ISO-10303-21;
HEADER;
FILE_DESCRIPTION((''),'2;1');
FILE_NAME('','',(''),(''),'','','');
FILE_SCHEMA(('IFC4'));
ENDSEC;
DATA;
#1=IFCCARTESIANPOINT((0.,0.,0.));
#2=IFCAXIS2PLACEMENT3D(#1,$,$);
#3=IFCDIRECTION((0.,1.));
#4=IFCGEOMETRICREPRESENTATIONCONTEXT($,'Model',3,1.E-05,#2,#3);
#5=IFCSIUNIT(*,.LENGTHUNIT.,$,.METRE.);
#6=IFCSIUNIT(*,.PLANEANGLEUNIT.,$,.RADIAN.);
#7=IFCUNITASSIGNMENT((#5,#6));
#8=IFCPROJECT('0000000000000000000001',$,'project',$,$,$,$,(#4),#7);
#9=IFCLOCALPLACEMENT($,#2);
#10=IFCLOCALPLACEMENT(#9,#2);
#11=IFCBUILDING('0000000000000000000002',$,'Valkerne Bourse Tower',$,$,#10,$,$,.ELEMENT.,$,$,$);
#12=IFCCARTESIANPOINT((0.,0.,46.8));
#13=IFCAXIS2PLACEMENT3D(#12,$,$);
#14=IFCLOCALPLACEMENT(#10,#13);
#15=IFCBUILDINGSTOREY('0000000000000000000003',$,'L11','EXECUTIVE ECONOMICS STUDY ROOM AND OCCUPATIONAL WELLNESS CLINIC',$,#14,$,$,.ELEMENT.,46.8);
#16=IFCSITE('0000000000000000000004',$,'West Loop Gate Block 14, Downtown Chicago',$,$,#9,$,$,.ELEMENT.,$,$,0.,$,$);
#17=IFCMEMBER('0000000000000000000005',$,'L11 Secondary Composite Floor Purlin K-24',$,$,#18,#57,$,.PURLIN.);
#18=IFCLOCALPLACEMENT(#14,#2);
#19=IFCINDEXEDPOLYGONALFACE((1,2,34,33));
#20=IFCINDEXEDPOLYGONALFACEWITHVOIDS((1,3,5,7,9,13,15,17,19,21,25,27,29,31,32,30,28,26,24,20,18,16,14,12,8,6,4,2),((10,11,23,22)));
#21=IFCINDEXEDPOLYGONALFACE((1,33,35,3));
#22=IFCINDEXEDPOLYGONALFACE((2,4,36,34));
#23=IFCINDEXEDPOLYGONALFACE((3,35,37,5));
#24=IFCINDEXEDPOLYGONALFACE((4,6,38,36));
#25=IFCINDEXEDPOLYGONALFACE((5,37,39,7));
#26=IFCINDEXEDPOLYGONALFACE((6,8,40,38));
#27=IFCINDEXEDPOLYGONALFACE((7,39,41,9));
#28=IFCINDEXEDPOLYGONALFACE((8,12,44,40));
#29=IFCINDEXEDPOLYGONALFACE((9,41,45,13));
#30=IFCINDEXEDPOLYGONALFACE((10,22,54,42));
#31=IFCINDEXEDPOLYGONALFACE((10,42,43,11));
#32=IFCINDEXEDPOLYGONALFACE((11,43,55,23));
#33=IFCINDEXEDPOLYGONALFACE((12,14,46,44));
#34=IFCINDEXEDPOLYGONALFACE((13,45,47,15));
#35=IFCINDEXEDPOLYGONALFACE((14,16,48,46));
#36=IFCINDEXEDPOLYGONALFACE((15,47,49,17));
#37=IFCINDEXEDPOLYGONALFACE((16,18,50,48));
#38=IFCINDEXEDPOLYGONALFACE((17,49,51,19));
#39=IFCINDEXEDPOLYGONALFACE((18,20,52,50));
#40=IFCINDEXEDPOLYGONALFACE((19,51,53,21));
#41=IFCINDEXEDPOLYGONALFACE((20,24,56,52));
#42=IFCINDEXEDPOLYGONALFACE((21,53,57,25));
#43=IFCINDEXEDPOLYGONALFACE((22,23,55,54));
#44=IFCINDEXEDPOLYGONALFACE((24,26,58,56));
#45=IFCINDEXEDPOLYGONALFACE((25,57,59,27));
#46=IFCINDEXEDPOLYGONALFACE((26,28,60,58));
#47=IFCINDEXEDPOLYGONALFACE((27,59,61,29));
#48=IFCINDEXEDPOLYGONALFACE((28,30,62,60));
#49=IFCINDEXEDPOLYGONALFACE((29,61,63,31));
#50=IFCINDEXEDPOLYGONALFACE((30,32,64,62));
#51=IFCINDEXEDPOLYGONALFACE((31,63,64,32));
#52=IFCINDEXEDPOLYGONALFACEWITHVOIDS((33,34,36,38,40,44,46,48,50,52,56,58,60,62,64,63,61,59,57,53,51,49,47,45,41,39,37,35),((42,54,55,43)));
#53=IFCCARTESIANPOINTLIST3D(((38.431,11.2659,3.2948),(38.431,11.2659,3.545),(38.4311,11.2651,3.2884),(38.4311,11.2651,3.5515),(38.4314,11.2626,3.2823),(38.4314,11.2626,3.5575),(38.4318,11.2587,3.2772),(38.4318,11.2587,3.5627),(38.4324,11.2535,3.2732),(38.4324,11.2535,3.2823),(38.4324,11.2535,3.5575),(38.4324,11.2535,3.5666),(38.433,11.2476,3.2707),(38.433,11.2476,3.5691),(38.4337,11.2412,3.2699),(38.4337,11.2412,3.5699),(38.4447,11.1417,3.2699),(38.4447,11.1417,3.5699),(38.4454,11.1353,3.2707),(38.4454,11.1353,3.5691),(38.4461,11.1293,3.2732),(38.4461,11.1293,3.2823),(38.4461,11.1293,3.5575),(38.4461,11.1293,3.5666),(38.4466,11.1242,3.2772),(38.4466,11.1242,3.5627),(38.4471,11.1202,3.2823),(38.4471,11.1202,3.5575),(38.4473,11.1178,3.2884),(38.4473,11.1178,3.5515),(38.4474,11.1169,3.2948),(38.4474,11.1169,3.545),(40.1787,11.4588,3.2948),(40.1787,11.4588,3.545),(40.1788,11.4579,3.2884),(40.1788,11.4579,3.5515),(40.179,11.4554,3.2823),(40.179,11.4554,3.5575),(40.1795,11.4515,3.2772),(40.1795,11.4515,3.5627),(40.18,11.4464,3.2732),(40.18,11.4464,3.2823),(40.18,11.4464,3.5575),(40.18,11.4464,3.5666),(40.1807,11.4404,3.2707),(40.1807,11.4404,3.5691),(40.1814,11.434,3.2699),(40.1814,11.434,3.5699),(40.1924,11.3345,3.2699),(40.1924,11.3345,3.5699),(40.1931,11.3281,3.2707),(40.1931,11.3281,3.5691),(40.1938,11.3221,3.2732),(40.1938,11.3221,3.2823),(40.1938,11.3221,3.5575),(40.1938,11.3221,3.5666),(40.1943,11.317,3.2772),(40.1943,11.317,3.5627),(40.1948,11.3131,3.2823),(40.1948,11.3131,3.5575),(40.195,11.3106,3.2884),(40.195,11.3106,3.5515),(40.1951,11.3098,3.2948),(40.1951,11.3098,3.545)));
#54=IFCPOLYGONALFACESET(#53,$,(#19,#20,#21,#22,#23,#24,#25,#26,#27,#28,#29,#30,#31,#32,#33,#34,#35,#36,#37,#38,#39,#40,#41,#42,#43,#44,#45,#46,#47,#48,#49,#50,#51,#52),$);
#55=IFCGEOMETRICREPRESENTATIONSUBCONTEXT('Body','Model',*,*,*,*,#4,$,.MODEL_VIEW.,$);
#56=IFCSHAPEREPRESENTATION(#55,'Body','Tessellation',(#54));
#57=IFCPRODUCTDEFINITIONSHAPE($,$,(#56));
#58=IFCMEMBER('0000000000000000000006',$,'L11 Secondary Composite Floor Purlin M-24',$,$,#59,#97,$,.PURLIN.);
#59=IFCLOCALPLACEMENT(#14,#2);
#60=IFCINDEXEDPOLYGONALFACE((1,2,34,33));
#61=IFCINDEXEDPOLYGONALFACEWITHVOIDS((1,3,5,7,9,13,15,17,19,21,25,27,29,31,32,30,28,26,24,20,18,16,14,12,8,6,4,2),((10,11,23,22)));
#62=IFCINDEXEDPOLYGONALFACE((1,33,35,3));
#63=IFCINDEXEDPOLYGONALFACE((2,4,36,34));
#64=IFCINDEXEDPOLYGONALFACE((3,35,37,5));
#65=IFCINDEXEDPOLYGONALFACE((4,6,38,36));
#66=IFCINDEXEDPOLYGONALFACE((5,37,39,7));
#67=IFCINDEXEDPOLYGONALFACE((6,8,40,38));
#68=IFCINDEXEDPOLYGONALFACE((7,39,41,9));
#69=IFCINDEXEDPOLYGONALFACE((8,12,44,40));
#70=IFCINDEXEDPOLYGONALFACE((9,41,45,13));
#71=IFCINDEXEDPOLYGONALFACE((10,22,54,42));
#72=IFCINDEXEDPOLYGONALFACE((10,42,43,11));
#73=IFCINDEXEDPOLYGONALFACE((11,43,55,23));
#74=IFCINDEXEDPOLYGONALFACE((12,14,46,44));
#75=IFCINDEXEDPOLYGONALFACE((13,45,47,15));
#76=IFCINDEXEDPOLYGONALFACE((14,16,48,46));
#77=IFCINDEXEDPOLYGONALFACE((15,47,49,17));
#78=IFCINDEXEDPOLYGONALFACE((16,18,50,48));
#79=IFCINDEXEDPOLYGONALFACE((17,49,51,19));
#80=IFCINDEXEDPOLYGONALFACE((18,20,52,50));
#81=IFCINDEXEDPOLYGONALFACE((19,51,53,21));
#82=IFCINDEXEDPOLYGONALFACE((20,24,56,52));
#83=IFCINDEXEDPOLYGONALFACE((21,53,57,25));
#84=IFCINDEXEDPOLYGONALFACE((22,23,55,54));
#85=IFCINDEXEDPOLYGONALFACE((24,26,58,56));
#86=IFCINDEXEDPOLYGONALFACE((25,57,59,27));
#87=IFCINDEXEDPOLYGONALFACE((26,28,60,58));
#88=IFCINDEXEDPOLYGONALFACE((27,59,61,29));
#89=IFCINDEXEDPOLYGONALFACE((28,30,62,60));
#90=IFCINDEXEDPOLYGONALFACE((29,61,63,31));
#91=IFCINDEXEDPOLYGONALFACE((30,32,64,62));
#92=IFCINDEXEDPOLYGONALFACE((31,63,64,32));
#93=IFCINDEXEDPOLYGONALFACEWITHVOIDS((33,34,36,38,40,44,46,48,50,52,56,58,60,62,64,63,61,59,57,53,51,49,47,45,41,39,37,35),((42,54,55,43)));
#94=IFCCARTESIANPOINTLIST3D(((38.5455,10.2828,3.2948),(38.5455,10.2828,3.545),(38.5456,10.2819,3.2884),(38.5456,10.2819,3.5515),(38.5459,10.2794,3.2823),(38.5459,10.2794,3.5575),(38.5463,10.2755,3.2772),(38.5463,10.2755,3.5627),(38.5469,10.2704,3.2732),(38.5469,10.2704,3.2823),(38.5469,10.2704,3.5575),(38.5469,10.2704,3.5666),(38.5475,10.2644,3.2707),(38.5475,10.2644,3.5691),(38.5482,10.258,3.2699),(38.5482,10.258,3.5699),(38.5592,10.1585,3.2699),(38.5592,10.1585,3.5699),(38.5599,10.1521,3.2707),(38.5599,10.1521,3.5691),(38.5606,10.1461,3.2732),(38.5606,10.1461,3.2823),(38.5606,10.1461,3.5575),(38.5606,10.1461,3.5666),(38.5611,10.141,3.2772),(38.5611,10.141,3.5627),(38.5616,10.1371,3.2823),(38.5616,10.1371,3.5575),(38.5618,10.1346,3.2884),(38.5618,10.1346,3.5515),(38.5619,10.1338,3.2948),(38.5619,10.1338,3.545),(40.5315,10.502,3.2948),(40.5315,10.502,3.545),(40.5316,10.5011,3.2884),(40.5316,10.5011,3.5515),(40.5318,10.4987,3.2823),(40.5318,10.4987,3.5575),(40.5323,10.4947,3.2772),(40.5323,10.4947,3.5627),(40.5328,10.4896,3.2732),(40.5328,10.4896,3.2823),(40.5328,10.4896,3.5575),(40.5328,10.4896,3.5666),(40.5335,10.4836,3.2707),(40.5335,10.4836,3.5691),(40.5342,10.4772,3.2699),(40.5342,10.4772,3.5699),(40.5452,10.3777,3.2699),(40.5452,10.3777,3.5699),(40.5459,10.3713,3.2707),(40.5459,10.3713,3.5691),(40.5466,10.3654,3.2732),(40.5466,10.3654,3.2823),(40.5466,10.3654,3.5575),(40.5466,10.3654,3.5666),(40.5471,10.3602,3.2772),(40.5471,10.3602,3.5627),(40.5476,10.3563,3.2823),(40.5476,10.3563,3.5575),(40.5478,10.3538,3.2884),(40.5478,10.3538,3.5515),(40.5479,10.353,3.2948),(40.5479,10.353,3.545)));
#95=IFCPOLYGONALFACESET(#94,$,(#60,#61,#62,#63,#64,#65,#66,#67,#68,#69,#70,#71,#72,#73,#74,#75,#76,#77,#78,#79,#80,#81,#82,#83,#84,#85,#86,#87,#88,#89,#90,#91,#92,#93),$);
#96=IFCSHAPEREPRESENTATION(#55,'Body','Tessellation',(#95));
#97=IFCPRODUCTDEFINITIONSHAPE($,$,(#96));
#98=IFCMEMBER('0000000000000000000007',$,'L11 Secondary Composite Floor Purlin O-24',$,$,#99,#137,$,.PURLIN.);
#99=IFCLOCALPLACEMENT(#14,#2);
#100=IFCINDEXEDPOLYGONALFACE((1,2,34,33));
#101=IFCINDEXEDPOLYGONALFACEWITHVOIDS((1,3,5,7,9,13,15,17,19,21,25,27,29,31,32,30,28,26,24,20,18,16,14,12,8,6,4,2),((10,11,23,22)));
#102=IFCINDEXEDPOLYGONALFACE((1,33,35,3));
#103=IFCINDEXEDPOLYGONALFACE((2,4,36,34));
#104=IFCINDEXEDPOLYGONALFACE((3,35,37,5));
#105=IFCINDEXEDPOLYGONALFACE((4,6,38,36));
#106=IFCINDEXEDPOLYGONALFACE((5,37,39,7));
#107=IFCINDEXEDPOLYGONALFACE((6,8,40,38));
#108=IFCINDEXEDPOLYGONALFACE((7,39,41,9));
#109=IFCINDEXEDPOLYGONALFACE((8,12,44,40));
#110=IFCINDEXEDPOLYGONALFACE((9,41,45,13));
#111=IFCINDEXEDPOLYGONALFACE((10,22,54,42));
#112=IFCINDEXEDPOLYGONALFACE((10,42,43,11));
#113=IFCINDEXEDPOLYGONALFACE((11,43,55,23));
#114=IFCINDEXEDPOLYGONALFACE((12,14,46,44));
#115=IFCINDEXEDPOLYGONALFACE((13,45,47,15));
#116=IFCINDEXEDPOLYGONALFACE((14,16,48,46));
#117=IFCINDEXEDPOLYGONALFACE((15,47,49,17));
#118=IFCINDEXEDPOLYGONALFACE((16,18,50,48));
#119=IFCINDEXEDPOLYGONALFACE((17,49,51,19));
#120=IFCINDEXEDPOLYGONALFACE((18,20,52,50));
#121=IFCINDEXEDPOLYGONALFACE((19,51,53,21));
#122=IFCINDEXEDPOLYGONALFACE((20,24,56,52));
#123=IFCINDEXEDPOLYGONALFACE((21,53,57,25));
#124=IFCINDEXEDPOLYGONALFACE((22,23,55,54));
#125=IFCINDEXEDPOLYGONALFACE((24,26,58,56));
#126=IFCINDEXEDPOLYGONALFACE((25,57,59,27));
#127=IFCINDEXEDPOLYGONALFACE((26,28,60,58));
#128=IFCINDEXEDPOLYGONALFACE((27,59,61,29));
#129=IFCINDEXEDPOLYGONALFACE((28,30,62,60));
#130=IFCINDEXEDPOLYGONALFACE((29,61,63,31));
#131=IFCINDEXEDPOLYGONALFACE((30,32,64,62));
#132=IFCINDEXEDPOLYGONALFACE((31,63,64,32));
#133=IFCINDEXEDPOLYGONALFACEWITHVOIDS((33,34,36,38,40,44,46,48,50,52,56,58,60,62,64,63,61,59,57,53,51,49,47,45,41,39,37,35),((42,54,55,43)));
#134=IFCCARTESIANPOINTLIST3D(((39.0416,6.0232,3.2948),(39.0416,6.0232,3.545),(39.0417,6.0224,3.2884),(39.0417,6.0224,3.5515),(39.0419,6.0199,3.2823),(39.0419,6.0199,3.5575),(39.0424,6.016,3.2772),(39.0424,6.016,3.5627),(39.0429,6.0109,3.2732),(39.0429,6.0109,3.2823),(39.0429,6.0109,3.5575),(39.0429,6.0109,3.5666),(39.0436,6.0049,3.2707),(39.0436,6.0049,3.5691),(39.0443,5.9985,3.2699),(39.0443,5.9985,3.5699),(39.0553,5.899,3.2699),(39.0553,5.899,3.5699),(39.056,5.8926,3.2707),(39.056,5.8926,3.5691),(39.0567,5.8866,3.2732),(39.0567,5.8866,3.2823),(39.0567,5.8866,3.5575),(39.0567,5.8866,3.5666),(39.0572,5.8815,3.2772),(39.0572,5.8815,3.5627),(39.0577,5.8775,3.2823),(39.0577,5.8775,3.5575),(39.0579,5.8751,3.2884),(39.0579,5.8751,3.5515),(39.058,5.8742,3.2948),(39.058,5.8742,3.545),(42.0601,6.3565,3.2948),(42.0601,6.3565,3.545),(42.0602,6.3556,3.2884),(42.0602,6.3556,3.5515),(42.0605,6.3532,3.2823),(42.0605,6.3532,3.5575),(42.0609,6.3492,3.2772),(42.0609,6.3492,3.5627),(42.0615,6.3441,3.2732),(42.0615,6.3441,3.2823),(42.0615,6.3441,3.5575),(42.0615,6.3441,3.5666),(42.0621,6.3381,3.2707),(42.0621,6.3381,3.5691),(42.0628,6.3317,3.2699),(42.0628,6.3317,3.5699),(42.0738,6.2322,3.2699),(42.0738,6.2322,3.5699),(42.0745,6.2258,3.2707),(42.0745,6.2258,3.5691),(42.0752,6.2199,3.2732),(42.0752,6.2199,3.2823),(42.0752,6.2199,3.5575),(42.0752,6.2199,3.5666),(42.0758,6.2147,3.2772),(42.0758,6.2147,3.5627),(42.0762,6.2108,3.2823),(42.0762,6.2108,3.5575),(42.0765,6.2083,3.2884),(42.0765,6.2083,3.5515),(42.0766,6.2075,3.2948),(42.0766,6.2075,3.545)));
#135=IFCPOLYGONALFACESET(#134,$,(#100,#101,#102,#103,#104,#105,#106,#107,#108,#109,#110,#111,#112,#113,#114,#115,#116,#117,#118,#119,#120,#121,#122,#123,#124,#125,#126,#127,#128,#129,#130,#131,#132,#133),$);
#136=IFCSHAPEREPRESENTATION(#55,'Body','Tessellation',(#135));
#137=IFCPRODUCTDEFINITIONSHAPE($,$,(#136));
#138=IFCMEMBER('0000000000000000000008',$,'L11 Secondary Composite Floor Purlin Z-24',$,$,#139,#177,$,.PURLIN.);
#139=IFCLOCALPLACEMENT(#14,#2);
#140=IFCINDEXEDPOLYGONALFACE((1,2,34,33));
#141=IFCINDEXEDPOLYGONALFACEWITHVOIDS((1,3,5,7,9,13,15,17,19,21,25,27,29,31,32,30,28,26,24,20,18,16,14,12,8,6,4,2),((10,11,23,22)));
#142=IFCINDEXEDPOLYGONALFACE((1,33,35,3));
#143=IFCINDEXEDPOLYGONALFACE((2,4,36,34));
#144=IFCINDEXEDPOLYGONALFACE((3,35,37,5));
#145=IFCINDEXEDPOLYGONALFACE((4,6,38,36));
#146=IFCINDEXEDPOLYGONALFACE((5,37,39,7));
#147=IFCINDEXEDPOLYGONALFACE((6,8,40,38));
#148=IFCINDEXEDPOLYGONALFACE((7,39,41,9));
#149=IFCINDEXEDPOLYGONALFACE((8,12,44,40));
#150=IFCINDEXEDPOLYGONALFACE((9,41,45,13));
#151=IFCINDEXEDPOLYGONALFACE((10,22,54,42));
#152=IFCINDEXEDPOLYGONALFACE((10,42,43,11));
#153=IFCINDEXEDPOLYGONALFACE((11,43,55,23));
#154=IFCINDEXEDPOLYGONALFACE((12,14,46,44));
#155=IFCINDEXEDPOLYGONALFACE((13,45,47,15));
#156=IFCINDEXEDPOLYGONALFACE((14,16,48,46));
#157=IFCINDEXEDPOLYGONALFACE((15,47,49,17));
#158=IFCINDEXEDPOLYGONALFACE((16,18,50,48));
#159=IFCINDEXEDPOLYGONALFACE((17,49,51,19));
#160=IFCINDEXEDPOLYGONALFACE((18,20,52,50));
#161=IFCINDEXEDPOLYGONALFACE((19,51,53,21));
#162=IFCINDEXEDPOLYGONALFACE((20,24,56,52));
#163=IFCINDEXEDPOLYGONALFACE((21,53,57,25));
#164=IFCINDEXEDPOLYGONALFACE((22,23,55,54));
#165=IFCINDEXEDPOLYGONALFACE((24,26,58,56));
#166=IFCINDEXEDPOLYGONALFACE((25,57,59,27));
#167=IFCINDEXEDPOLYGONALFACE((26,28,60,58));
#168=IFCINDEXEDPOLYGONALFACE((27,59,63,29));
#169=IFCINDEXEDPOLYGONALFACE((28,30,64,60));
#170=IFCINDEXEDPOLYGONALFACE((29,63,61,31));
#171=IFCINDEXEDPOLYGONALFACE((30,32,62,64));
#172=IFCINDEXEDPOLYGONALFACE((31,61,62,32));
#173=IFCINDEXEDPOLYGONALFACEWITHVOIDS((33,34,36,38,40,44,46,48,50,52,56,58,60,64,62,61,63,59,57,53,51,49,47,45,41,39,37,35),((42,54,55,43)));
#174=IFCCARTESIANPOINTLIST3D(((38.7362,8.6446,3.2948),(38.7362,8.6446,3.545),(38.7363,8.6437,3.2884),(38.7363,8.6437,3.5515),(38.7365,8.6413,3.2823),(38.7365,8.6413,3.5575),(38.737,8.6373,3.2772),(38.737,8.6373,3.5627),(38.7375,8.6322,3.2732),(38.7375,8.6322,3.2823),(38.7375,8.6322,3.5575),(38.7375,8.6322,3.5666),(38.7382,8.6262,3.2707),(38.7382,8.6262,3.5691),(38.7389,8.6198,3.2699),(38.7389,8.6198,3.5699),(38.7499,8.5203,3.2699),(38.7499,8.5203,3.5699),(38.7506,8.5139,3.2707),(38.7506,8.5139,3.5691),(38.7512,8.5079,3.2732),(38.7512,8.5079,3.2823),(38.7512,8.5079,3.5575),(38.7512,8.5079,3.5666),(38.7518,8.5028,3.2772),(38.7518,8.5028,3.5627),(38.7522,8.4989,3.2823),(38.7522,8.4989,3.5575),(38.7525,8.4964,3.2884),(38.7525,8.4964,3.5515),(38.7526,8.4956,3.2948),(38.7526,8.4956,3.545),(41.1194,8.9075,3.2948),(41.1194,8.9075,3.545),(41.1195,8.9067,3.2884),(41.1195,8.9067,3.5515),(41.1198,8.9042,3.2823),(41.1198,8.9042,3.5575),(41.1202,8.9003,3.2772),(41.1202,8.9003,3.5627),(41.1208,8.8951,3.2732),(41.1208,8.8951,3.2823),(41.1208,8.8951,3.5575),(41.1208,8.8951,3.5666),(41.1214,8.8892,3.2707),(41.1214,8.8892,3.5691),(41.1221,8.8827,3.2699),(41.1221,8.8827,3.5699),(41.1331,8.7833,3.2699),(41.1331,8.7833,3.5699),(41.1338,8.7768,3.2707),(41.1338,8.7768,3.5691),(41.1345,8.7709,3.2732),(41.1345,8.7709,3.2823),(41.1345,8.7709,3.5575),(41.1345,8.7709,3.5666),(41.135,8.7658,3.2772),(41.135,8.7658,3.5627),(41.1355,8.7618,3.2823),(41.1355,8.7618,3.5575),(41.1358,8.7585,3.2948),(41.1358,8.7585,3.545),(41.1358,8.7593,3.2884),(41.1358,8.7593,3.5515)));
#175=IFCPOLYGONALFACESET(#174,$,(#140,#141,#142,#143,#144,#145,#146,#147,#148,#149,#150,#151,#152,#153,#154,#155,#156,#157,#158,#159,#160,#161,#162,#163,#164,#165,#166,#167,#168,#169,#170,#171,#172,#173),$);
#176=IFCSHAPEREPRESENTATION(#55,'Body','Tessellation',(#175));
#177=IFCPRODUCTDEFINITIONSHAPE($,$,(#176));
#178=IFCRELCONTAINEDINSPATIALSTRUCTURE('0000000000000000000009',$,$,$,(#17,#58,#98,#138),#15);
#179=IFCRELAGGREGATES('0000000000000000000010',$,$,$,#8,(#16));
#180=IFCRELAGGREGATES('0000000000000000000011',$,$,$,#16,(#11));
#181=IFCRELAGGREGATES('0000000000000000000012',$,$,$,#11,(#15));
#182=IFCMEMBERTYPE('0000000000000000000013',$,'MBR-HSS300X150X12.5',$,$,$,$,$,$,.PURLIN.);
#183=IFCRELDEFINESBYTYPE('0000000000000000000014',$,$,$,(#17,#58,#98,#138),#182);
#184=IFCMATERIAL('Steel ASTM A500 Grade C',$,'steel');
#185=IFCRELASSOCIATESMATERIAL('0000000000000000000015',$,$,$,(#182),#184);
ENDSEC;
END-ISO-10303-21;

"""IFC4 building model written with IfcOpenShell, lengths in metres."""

from ifc_helpers import new_model, si_unit, direction, frame, origin, origin_2d, place, context, subcontext, project, spatial, hollow_rectangle, extrude, material, material_profile, profile_set, type_object, element, save


model = new_model("IFC4")

# Units and contexts
model_context = context("Model", 3, precision=1e-05, world=origin(), true_north=direction((0.0, 1.0)))
body_context = subcontext(model_context, "Body", "Model", "MODEL_VIEW")
ifc_project = project(units=[si_unit("LENGTHUNIT", "METRE"), si_unit("PLANEANGLEUNIT", "RADIAN")], contexts=[model_context])

# Site, building, storey
site_placement = place(None, origin())
site = spatial("IfcSite", under=ifc_project, at=site_placement, Name="West Loop Gate Block 14, Downtown Chicago", CompositionType="ELEMENT", RefElevation=0.0)
building_placement = place(site_placement, origin())
building = spatial("IfcBuilding", under=site, at=building_placement, Name="Valkerne Bourse Tower", CompositionType="ELEMENT")
storey_placement = place(building_placement, frame((0.0, 0.0, 46.8)))
storey = spatial("IfcBuildingStorey", under=building, at=storey_placement, Name="L11", Description="EXECUTIVE ECONOMICS STUDY ROOM AND OCCUPATIONAL WELLNESS CLINIC", CompositionType="ELEMENT", Elevation=46.8)

# Members
ifc_material_1 = material(Name="Steel ASTM A500 Grade C", Category="steel")
ifc_material_profile_1 = material_profile(ifc_material_1, hollow_rectangle(XDim=0.1499, YDim=0.3, WallThickness=0.0125, OuterFilletRadius=0.0249, at=origin_2d()), Name="HSS300X150X12.5")
ifc_profile_set_1 = profile_set([ifc_material_profile_1], Name="Steel ASTM A500 Grade C")
member_type_1 = type_object("IfcMemberType", Name="MBR-HSS300X150X12.5", PredefinedType="PURLIN", material=ifc_profile_set_1)
member_1_placement = place(storey_placement, frame((38.4392, 11.1914, 3.4199), z_axis=(0.993966, 0.109685, 0.0), x_axis=(-0.109685, 0.993966, 0.0)))
element("IfcMember", 1, at=member_1_placement, inside=storey, type_object=member_type_1, Name="L11 Secondary Composite Floor Purlin K-24", PredefinedType="PURLIN", context=body_context, shape_type="SweptSolid", body=[
    extrude(hollow_rectangle(XDim=0.1499, YDim=0.3, WallThickness=0.0125, OuterFilletRadius=0.0249, at=origin_2d()), origin(), (0.0, 0.0, 1.0), 1.7583),
])
member_2_placement = place(storey_placement, frame((38.5537, 10.2083, 3.4199), z_axis=(0.993962, 0.109721, 0.0), x_axis=(-0.109721, 0.993962, 0.0)))
element("IfcMember", 2, at=member_2_placement, inside=storey, type_object=member_type_1, Name="L11 Secondary Composite Floor Purlin M-24", PredefinedType="PURLIN", context=body_context, shape_type="SweptSolid", body=[
    extrude(hollow_rectangle(XDim=0.1499, YDim=0.3, WallThickness=0.0125, OuterFilletRadius=0.0249, at=origin_2d()), origin(), (0.0, 0.0, 1.0), 1.998),
])
member_3_placement = place(storey_placement, frame((39.0498, 5.9487, 3.4199), z_axis=(0.993961, 0.109734, 0.0), x_axis=(-0.109734, 0.993961, 0.0)))
element("IfcMember", 3, at=member_3_placement, inside=storey, type_object=member_type_1, Name="L11 Secondary Composite Floor Purlin O-24", PredefinedType="PURLIN", context=body_context, shape_type="SweptSolid", body=[
    extrude(hollow_rectangle(XDim=0.1499, YDim=0.3, WallThickness=0.0125, OuterFilletRadius=0.0249, at=origin_2d()), origin(), (0.0, 0.0, 1.0), 3.0369),
])
member_4_placement = place(storey_placement, frame((38.7444, 8.5701, 3.4199), z_axis=(0.993969, 0.10966, 0.0), x_axis=(-0.10966, 0.993969, 0.0)))
element("IfcMember", 4, at=member_4_placement, inside=storey, type_object=member_type_1, Name="L11 Secondary Composite Floor Purlin Z-24", PredefinedType="PURLIN", context=body_context, shape_type="SweptSolid", body=[
    extrude(hollow_rectangle(XDim=0.1499, YDim=0.3, WallThickness=0.0125, OuterFilletRadius=0.0249, at=origin_2d()), origin(), (0.0, 0.0, 1.0), 2.3977),
])

save(model, "model.ifc")
